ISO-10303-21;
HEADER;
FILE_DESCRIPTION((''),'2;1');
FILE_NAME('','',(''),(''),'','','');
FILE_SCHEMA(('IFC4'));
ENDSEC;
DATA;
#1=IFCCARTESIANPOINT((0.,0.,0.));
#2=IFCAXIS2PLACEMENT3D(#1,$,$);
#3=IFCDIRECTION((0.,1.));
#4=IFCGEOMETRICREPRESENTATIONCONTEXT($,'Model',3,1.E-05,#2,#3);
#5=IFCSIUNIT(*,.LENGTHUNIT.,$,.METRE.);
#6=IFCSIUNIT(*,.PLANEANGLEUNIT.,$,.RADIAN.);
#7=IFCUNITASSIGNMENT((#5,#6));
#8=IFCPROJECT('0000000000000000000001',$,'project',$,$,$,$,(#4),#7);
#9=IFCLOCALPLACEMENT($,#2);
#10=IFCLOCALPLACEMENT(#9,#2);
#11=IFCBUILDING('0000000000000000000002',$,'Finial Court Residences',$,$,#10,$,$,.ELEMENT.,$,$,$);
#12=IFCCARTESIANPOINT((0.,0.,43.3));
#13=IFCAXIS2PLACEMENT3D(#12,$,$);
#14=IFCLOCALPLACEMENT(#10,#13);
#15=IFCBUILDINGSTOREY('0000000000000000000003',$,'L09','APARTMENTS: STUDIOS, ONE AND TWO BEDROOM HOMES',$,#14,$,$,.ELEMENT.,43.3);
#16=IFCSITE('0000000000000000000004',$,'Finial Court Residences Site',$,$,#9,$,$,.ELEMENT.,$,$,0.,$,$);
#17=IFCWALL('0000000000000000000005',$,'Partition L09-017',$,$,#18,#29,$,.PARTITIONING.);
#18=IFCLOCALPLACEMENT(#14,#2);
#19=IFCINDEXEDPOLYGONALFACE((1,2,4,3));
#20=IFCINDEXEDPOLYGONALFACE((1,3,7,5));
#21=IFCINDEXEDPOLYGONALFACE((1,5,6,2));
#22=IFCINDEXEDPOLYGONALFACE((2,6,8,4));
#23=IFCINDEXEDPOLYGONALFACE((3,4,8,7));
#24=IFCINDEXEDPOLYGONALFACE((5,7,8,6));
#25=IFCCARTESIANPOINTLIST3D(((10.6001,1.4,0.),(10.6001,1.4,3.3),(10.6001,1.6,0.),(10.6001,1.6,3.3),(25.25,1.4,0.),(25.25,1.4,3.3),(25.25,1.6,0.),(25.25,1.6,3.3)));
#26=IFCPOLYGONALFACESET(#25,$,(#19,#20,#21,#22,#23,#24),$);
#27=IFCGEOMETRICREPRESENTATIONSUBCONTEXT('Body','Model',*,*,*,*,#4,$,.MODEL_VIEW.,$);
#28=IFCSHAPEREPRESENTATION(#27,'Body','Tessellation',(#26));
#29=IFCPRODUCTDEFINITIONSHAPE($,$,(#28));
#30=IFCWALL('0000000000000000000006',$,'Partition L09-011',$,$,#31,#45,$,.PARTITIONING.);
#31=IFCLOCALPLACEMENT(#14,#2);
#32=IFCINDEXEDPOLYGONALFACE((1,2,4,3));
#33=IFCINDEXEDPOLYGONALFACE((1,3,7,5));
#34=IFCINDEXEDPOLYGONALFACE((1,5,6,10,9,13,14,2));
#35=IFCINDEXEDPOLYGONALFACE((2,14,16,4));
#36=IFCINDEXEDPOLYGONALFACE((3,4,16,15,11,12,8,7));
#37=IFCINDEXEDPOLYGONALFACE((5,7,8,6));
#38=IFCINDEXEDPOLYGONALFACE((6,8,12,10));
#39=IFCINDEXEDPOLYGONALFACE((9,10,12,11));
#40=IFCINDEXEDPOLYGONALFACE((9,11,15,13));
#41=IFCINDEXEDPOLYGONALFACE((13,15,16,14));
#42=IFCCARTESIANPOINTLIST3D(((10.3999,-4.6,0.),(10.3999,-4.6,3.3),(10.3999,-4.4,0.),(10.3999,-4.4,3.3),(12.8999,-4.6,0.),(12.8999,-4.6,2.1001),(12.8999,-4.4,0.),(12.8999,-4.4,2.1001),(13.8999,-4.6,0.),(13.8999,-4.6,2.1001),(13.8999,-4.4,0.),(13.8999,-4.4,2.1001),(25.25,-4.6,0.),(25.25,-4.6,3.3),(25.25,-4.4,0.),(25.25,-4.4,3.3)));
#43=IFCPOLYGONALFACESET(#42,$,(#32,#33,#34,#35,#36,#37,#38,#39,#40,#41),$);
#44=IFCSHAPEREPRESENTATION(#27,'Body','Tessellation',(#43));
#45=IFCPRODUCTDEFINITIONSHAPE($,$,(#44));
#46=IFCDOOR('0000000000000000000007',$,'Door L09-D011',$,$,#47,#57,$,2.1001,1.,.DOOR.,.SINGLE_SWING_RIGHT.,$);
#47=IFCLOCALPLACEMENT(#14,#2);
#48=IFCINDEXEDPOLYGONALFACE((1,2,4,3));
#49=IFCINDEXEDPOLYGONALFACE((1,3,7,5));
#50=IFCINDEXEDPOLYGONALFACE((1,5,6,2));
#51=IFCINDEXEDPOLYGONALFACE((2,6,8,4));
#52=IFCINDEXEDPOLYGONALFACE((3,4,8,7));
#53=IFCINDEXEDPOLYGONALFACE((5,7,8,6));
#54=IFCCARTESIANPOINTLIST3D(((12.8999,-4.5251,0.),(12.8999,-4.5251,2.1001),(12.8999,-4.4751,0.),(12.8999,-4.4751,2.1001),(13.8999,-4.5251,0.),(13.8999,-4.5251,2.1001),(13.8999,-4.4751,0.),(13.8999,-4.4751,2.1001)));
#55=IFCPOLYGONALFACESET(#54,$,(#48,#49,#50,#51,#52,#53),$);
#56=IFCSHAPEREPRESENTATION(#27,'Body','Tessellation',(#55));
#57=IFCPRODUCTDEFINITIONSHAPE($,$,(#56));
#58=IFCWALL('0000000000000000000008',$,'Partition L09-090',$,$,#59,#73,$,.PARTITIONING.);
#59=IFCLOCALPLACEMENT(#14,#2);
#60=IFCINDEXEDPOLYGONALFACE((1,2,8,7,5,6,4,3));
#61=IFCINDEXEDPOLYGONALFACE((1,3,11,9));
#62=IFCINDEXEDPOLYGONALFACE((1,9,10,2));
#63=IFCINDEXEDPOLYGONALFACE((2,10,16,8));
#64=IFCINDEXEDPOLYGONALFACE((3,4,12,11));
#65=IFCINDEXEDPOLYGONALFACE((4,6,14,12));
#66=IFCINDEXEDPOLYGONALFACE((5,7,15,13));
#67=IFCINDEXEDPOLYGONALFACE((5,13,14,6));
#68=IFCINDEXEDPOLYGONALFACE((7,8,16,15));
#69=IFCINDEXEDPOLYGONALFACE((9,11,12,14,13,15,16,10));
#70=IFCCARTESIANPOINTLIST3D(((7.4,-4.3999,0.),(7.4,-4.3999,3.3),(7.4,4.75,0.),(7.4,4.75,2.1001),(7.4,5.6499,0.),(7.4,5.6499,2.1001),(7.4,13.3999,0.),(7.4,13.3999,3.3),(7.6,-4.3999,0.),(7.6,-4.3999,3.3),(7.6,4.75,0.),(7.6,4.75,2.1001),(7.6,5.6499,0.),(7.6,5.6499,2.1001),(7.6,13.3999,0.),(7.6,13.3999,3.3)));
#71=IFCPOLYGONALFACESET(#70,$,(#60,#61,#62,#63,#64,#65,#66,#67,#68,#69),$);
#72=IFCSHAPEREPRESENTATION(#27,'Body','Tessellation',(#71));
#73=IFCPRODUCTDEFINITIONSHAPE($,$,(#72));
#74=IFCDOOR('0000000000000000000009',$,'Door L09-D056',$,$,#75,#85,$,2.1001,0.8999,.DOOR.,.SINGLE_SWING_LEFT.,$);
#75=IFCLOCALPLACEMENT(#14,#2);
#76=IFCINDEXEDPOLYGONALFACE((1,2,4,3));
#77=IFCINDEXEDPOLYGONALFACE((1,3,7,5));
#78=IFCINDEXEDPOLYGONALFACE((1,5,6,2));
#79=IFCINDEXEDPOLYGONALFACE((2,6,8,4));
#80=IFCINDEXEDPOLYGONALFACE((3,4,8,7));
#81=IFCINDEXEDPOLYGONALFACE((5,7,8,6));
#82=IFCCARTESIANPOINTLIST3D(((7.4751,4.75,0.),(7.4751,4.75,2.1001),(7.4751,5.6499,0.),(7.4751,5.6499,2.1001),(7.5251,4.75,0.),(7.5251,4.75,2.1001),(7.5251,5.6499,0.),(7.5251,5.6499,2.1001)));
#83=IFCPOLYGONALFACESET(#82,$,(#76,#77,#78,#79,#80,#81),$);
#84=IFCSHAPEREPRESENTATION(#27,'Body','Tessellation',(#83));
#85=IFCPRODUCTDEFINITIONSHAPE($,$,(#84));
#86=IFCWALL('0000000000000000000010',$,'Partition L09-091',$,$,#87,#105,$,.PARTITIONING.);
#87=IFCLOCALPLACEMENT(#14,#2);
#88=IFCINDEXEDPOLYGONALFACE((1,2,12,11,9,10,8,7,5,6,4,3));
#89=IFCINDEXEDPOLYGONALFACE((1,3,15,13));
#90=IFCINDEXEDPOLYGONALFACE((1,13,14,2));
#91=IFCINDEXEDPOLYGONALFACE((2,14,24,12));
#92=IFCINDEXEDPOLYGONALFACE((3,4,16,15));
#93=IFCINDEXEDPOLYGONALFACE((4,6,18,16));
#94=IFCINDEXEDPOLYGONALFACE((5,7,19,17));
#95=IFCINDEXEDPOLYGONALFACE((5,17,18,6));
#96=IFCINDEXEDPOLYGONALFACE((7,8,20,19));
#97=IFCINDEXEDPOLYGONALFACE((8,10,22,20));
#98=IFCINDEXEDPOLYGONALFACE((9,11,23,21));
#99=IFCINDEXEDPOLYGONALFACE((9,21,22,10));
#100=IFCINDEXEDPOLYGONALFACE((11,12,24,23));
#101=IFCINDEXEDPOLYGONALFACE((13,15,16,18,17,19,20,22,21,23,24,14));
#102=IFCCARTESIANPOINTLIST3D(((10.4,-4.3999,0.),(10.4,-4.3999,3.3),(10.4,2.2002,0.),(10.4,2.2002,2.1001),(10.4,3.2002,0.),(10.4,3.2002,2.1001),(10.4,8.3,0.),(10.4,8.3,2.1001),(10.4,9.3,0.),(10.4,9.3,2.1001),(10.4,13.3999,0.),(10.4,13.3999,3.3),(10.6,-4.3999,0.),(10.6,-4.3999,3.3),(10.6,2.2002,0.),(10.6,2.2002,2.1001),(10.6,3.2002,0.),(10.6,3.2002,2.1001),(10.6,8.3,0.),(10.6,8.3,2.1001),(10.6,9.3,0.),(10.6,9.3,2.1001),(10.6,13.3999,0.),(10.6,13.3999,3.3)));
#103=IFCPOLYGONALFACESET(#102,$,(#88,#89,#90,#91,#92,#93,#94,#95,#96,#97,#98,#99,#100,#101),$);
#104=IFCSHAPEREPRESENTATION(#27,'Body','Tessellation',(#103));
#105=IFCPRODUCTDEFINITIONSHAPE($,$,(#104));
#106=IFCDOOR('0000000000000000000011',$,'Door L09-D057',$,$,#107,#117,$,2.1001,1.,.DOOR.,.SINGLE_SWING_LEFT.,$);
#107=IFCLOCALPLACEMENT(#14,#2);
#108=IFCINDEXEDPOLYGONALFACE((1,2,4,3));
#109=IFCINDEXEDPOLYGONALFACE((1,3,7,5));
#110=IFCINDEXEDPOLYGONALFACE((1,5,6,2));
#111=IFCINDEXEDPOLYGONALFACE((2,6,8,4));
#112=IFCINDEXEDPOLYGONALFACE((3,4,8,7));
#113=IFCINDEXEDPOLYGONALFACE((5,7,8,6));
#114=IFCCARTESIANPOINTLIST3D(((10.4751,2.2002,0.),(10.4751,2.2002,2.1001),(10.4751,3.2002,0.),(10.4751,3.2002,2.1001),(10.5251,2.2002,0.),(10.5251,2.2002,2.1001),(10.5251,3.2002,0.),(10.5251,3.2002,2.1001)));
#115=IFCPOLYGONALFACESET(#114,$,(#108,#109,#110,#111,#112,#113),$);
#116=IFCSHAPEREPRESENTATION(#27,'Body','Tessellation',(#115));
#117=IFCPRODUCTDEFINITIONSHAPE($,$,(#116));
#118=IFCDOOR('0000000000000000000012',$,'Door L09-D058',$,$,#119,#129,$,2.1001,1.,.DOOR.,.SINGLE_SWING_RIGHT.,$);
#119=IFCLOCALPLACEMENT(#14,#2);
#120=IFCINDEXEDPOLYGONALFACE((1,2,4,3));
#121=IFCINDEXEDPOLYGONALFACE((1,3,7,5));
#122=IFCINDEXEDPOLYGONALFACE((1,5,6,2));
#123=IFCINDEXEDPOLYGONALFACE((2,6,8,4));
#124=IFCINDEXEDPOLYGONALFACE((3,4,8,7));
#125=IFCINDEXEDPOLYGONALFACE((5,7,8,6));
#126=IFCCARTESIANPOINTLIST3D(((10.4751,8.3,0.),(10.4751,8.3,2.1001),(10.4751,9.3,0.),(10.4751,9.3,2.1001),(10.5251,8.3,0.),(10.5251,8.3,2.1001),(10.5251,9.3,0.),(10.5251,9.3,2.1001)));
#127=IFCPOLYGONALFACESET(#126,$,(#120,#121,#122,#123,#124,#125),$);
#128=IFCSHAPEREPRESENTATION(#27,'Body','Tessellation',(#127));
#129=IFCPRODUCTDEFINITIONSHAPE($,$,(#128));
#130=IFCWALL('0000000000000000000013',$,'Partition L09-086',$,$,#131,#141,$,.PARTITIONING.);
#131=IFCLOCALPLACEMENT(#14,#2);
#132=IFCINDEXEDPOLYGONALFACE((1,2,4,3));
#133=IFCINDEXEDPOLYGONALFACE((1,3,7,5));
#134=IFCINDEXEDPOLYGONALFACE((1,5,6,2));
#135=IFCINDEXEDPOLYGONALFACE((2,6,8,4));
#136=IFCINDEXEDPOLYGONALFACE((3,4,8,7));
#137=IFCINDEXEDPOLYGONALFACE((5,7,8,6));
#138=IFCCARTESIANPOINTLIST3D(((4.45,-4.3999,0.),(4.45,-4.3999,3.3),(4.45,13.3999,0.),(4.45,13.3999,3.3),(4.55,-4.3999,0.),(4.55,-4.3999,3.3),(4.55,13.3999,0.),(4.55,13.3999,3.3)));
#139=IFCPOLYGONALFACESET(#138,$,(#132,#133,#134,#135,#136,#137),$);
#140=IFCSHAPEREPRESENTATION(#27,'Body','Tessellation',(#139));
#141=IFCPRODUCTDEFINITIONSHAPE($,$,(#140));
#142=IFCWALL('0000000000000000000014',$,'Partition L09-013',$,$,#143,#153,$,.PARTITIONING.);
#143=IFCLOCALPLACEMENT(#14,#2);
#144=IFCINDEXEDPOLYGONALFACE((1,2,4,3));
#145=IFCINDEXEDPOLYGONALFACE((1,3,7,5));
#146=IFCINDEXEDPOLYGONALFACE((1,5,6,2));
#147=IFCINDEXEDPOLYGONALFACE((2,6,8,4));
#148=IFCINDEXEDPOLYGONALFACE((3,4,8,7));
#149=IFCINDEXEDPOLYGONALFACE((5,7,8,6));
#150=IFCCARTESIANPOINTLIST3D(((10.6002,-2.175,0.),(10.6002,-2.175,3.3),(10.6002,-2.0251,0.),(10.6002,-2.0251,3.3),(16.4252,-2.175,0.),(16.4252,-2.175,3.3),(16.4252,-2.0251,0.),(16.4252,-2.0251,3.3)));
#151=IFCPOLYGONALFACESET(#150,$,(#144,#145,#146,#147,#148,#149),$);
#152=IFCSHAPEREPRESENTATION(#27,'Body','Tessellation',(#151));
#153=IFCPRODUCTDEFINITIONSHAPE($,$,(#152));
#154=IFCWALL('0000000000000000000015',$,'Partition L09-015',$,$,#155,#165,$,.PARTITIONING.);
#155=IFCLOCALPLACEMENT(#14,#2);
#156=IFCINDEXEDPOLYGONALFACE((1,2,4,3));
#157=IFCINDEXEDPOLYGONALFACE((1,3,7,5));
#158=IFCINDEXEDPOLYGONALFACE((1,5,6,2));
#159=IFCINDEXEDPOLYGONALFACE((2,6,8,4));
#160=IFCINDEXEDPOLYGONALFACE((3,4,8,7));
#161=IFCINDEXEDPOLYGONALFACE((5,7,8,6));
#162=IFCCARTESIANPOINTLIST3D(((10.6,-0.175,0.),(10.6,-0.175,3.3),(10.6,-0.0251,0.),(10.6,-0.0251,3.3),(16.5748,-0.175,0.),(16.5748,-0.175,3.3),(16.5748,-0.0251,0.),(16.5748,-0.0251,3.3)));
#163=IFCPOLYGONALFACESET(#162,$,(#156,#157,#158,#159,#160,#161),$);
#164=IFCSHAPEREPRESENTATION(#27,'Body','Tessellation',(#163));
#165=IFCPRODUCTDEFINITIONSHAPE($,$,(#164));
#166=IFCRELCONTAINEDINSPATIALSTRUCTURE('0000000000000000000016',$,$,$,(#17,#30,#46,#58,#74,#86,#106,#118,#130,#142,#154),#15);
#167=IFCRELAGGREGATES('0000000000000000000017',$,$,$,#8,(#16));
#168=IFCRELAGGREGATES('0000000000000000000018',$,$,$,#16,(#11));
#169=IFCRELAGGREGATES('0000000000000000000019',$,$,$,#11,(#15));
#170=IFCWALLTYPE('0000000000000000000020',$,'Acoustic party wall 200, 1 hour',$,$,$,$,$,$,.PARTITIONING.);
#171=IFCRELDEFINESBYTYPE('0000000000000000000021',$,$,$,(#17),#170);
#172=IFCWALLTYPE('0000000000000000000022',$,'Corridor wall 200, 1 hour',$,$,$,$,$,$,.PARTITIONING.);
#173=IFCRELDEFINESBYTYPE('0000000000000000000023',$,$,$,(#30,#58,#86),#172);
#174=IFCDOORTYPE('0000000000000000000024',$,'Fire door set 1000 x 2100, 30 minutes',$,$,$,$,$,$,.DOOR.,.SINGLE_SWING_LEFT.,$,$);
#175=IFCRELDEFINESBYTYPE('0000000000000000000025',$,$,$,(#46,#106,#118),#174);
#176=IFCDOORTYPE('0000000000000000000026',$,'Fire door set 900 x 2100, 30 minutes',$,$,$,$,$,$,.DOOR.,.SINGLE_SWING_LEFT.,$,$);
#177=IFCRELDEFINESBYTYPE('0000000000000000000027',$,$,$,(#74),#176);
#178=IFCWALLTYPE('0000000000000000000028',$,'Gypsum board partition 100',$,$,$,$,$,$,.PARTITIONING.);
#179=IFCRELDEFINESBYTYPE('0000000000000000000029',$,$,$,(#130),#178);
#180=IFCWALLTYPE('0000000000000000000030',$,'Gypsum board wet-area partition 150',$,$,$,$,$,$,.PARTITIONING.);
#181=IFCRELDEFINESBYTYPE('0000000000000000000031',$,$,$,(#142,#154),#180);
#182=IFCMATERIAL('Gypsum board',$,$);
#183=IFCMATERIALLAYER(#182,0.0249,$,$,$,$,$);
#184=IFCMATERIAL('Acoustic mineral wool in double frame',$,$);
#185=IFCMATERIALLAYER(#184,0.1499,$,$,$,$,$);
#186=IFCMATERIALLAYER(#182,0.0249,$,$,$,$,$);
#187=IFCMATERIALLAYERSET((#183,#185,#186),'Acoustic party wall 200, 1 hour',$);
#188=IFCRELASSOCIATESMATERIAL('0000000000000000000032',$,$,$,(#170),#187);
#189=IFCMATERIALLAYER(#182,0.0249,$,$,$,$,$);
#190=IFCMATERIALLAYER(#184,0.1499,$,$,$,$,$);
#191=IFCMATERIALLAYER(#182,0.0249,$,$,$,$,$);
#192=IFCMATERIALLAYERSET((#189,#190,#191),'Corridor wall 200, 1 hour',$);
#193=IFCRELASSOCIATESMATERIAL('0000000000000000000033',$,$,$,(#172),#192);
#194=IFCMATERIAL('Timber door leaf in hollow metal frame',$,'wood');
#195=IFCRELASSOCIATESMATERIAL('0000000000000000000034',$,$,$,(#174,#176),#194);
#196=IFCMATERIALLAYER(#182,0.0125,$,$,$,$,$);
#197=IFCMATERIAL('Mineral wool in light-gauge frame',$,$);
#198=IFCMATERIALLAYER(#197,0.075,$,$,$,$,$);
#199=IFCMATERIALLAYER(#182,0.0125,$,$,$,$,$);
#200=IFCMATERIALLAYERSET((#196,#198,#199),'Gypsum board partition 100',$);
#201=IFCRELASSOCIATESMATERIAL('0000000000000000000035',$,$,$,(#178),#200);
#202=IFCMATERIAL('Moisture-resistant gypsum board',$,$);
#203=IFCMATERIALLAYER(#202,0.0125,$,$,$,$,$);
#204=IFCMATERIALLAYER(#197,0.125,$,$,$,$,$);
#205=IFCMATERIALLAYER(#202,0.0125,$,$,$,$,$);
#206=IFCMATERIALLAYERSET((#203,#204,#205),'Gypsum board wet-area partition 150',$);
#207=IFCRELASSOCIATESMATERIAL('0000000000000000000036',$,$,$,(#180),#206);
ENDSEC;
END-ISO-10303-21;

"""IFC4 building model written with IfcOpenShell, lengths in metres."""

from ifc_helpers import new_model, si_unit, direction, frame, frame_2d, origin, place, context, subcontext, project, spatial, rectangle, extrude, material, layer, layer_set, type_object, element, fill, save


model = new_model("IFC4")

# Units and contexts
model_context = context("Model", 3, precision=1e-05, world=origin(), true_north=direction((0.0, 1.0)))
body_context = subcontext(model_context, "Body", "Model", "MODEL_VIEW")
ifc_project = project(units=[si_unit("LENGTHUNIT", "METRE"), si_unit("PLANEANGLEUNIT", "RADIAN")], contexts=[model_context])

# Site, building, storey
site_placement = place(None, origin())
site = spatial("IfcSite", under=ifc_project, at=site_placement, Name="Finial Court Residences Site", CompositionType="ELEMENT", RefElevation=0.0)
building_placement = place(site_placement, origin())
building = spatial("IfcBuilding", under=site, at=building_placement, Name="Finial Court Residences", CompositionType="ELEMENT")
storey_placement = place(building_placement, frame((0.0, 0.0, 43.3)))
storey = spatial("IfcBuildingStorey", under=building, at=storey_placement, Name="L09", Description="APARTMENTS: STUDIOS, ONE AND TWO BEDROOM HOMES", CompositionType="ELEMENT", Elevation=43.3)

# Wall
ifc_material_1 = material(Name="Gypsum board")
ifc_layer_1 = layer(ifc_material_1, 0.0249)
ifc_material_2 = material(Name="Acoustic mineral wool in double frame")
ifc_layer_2 = layer(ifc_material_2, 0.1499)
ifc_layer_3 = layer(ifc_material_1, 0.0249)
ifc_layer_set_1 = layer_set([ifc_layer_1, ifc_layer_2, ifc_layer_3], Name="Acoustic party wall 200, 1 hour")
wall_type_1 = type_object("IfcWallType", Name="Acoustic party wall 200, 1 hour", PredefinedType="PARTITIONING", material=ifc_layer_set_1)
wall_1_placement = place(storey_placement, frame((10.6001, 1.5, 0.0), z_axis=(0.0, 0.0, 1.0), x_axis=(1.0, 0.0, 0.0)))
element("IfcWall", 1, at=wall_1_placement, inside=storey, type_object=wall_type_1, Name="Partition L09-017", PredefinedType="PARTITIONING", context=body_context, shape_type="SweptSolid", body=[
    extrude(rectangle(XDim=14.6499, YDim=0.2, at=frame_2d((7.325, 0.0))), origin(), (0.0, 0.0, 1.0), 3.3),
])

# Walls, openings, doors
ifc_layer_4 = layer(ifc_material_1, 0.0249)
ifc_layer_5 = layer(ifc_material_2, 0.1499)
ifc_layer_6 = layer(ifc_material_1, 0.0249)
ifc_layer_set_2 = layer_set([ifc_layer_4, ifc_layer_5, ifc_layer_6], Name="Corridor wall 200, 1 hour")
wall_type_2 = type_object("IfcWallType", Name="Corridor wall 200, 1 hour", PredefinedType="PARTITIONING", material=ifc_layer_set_2)
wall_2_placement = place(storey_placement, frame((10.3999, -4.5, 0.0), z_axis=(0.0, 0.0, 1.0), x_axis=(1.0, 0.0, 0.0)))
wall_2 = element("IfcWall", 2, at=wall_2_placement, inside=storey, type_object=wall_type_2, Name="Partition L09-011", PredefinedType="PARTITIONING", context=body_context, shape_type="SweptSolid", body=[
    extrude(rectangle(XDim=14.8501, YDim=0.2, at=frame_2d((7.425, 0.0))), origin(), (0.0, 0.0, 1.0), 3.3),
])
opening_1_placement = place(wall_2_placement, frame((2.5, 0.0, 0.0)))
opening_1 = element("IfcOpeningElement", 3, at=opening_1_placement, cuts=wall_2, PredefinedType="OPENING", context=body_context, shape_type="SweptSolid", body=[
    extrude(rectangle(XDim=1.0, YDim=2.1001, at=frame_2d((0.5, 1.05))), frame((0.0, 0.1099, 0.0), z_axis=(0.0, -1.0, 0.0), x_axis=(1.0, 0.0, 0.0)), (0.0, 0.0, 1.0), 0.22),
])
ifc_material_3 = material(Name="Timber door leaf in hollow metal frame", Category="wood")
door_type_1 = type_object("IfcDoorType", Name="Fire door set 1000 x 2100, 30 minutes", OperationType="SINGLE_SWING_LEFT", PredefinedType="DOOR", material=ifc_material_3)
door_1_placement = place(opening_1_placement, origin())
door_1 = element("IfcDoor", 4, at=door_1_placement, inside=storey, type_object=door_type_1, Name="Door L09-D011", OperationType="SINGLE_SWING_RIGHT", OverallHeight=2.1001, OverallWidth=1.0, PredefinedType="DOOR", context=body_context, shape_type="SweptSolid", body=[
    extrude(rectangle(XDim=1.0, YDim=2.1001, at=frame_2d((0.5, 1.05))), frame((0.0, 0.0249, 0.0), z_axis=(0.0, -1.0, 0.0), x_axis=(1.0, 0.0, 0.0)), (0.0, 0.0, 1.0), 0.05),
])
fill(opening_1, door_1)
wall_3_placement = place(storey_placement, frame((7.5, -4.3999, 0.0), z_axis=(0.0, 0.0, 1.0), x_axis=(0.0, 1.0, 0.0)))
wall_3 = element("IfcWall", 5, at=wall_3_placement, inside=storey, type_object=wall_type_2, Name="Partition L09-090", PredefinedType="PARTITIONING", context=body_context, shape_type="SweptSolid", body=[
    extrude(rectangle(XDim=17.7998, YDim=0.2, at=frame_2d((8.8999, 0.0))), origin(), (0.0, 0.0, 1.0), 3.3),
])
opening_2_placement = place(wall_3_placement, frame((9.1499, 0.0, 0.0)))
opening_2 = element("IfcOpeningElement", 6, at=opening_2_placement, cuts=wall_3, PredefinedType="OPENING", context=body_context, shape_type="SweptSolid", body=[
    extrude(rectangle(XDim=0.8999, YDim=2.1001, at=frame_2d((0.45, 1.05))), frame((0.0, 0.1099, 0.0), z_axis=(0.0, -1.0, 0.0), x_axis=(1.0, 0.0, 0.0)), (0.0, 0.0, 1.0), 0.22),
])
door_type_2 = type_object("IfcDoorType", Name="Fire door set 900 x 2100, 30 minutes", OperationType="SINGLE_SWING_LEFT", PredefinedType="DOOR", material=ifc_material_3)
door_2_placement = place(opening_2_placement, origin())
door_2 = element("IfcDoor", 7, at=door_2_placement, inside=storey, type_object=door_type_2, Name="Door L09-D056", OperationType="SINGLE_SWING_LEFT", OverallHeight=2.1001, OverallWidth=0.8999, PredefinedType="DOOR", context=body_context, shape_type="SweptSolid", body=[
    extrude(rectangle(XDim=0.8999, YDim=2.1001, at=frame_2d((0.45, 1.05))), frame((0.0, 0.0249, 0.0), z_axis=(0.0, -1.0, 0.0), x_axis=(1.0, 0.0, 0.0)), (0.0, 0.0, 1.0), 0.05),
])
fill(opening_2, door_2)

# Wall, openings, doors
wall_4_placement = place(storey_placement, frame((10.5, -4.3999, 0.0), z_axis=(0.0, 0.0, 1.0), x_axis=(0.0, 1.0, 0.0)))
wall_4 = element("IfcWall", 8, at=wall_4_placement, inside=storey, type_object=wall_type_2, Name="Partition L09-091", PredefinedType="PARTITIONING", context=body_context, shape_type="SweptSolid", body=[
    extrude(rectangle(XDim=17.7998, YDim=0.2, at=frame_2d((8.8999, 0.0))), origin(), (0.0, 0.0, 1.0), 3.3),
])
opening_3_placement = place(wall_4_placement, frame((6.6001, 0.0, 0.0)))
opening_3 = element("IfcOpeningElement", 9, at=opening_3_placement, cuts=wall_4, PredefinedType="OPENING", context=body_context, shape_type="SweptSolid", body=[
    extrude(rectangle(XDim=1.0, YDim=2.1001, at=frame_2d((0.5, 1.05))), frame((0.0, 0.1099, 0.0), z_axis=(0.0, -1.0, 0.0), x_axis=(1.0, 0.0, 0.0)), (0.0, 0.0, 1.0), 0.22),
])
opening_4_placement = place(wall_4_placement, frame((12.7, 0.0, 0.0)))
opening_4 = element("IfcOpeningElement", 10, at=opening_4_placement, cuts=wall_4, PredefinedType="OPENING", context=body_context, shape_type="SweptSolid", body=[
    extrude(rectangle(XDim=1.0, YDim=2.1001, at=frame_2d((0.5, 1.05))), frame((0.0, 0.1099, 0.0), z_axis=(0.0, -1.0, 0.0), x_axis=(1.0, 0.0, 0.0)), (0.0, 0.0, 1.0), 0.22),
])
door_3_placement = place(opening_3_placement, origin())
door_3 = element("IfcDoor", 11, at=door_3_placement, inside=storey, type_object=door_type_1, Name="Door L09-D057", OperationType="SINGLE_SWING_LEFT", OverallHeight=2.1001, OverallWidth=1.0, PredefinedType="DOOR", context=body_context, shape_type="SweptSolid", body=[
    extrude(rectangle(XDim=1.0, YDim=2.1001, at=frame_2d((0.5, 1.05))), frame((0.0, 0.0249, 0.0), z_axis=(0.0, -1.0, 0.0), x_axis=(1.0, 0.0, 0.0)), (0.0, 0.0, 1.0), 0.05),
])
fill(opening_3, door_3)
door_4_placement = place(opening_4_placement, origin())
door_4 = element("IfcDoor", 12, at=door_4_placement, inside=storey, type_object=door_type_1, Name="Door L09-D058", OperationType="SINGLE_SWING_RIGHT", OverallHeight=2.1001, OverallWidth=1.0, PredefinedType="DOOR", context=body_context, shape_type="SweptSolid", body=[
    extrude(rectangle(XDim=1.0, YDim=2.1001, at=frame_2d((0.5, 1.05))), frame((0.0, 0.0249, 0.0), z_axis=(0.0, -1.0, 0.0), x_axis=(1.0, 0.0, 0.0)), (0.0, 0.0, 1.0), 0.05),
])
fill(opening_4, door_4)

# Walls
ifc_layer_7 = layer(ifc_material_1, 0.0125)
ifc_material_4 = material(Name="Mineral wool in light-gauge frame")
ifc_layer_8 = layer(ifc_material_4, 0.075)
ifc_layer_9 = layer(ifc_material_1, 0.0125)
ifc_layer_set_3 = layer_set([ifc_layer_7, ifc_layer_8, ifc_layer_9], Name="Gypsum board partition 100")
wall_type_3 = type_object("IfcWallType", Name="Gypsum board partition 100", PredefinedType="PARTITIONING", material=ifc_layer_set_3)
wall_5_placement = place(storey_placement, frame((4.5, -4.3999, 0.0), z_axis=(0.0, 0.0, 1.0), x_axis=(0.0, 1.0, 0.0)))
element("IfcWall", 13, at=wall_5_placement, inside=storey, type_object=wall_type_3, Name="Partition L09-086", PredefinedType="PARTITIONING", context=body_context, shape_type="SweptSolid", body=[
    extrude(rectangle(XDim=17.7998, YDim=0.1001, at=frame_2d((8.8999, 0.0))), origin(), (0.0, 0.0, 1.0), 3.3),
])
ifc_material_5 = material(Name="Moisture-resistant gypsum board")
ifc_layer_10 = layer(ifc_material_5, 0.0125)
ifc_layer_11 = layer(ifc_material_4, 0.125)
ifc_layer_12 = layer(ifc_material_5, 0.0125)
ifc_layer_set_4 = layer_set([ifc_layer_10, ifc_layer_11, ifc_layer_12], Name="Gypsum board wet-area partition 150")
wall_type_4 = type_object("IfcWallType", Name="Gypsum board wet-area partition 150", PredefinedType="PARTITIONING", material=ifc_layer_set_4)
wall_6_placement = place(storey_placement, frame((10.6001, -2.1001, 0.0), z_axis=(0.0, 0.0, 1.0), x_axis=(1.0, 0.0, 0.0)))
element("IfcWall", 14, at=wall_6_placement, inside=storey, type_object=wall_type_4, Name="Partition L09-013", PredefinedType="PARTITIONING", context=body_context, shape_type="SweptSolid", body=[
    extrude(rectangle(XDim=5.825, YDim=0.1499, at=frame_2d((2.9126, 0.0))), origin(), (0.0, 0.0, 1.0), 3.3),
])
wall_7_placement = place(storey_placement, frame((10.6001, -0.1001, 0.0), z_axis=(0.0, 0.0, 1.0), x_axis=(1.0, 0.0, 0.0)))
element("IfcWall", 15, at=wall_7_placement, inside=storey, type_object=wall_type_4, Name="Partition L09-015", PredefinedType="PARTITIONING", context=body_context, shape_type="SweptSolid", body=[
    extrude(rectangle(XDim=5.9749, YDim=0.1499, at=frame_2d((2.9873, 0.0))), origin(), (0.0, 0.0, 1.0), 3.3),
])

save(model, "model.ifc")
